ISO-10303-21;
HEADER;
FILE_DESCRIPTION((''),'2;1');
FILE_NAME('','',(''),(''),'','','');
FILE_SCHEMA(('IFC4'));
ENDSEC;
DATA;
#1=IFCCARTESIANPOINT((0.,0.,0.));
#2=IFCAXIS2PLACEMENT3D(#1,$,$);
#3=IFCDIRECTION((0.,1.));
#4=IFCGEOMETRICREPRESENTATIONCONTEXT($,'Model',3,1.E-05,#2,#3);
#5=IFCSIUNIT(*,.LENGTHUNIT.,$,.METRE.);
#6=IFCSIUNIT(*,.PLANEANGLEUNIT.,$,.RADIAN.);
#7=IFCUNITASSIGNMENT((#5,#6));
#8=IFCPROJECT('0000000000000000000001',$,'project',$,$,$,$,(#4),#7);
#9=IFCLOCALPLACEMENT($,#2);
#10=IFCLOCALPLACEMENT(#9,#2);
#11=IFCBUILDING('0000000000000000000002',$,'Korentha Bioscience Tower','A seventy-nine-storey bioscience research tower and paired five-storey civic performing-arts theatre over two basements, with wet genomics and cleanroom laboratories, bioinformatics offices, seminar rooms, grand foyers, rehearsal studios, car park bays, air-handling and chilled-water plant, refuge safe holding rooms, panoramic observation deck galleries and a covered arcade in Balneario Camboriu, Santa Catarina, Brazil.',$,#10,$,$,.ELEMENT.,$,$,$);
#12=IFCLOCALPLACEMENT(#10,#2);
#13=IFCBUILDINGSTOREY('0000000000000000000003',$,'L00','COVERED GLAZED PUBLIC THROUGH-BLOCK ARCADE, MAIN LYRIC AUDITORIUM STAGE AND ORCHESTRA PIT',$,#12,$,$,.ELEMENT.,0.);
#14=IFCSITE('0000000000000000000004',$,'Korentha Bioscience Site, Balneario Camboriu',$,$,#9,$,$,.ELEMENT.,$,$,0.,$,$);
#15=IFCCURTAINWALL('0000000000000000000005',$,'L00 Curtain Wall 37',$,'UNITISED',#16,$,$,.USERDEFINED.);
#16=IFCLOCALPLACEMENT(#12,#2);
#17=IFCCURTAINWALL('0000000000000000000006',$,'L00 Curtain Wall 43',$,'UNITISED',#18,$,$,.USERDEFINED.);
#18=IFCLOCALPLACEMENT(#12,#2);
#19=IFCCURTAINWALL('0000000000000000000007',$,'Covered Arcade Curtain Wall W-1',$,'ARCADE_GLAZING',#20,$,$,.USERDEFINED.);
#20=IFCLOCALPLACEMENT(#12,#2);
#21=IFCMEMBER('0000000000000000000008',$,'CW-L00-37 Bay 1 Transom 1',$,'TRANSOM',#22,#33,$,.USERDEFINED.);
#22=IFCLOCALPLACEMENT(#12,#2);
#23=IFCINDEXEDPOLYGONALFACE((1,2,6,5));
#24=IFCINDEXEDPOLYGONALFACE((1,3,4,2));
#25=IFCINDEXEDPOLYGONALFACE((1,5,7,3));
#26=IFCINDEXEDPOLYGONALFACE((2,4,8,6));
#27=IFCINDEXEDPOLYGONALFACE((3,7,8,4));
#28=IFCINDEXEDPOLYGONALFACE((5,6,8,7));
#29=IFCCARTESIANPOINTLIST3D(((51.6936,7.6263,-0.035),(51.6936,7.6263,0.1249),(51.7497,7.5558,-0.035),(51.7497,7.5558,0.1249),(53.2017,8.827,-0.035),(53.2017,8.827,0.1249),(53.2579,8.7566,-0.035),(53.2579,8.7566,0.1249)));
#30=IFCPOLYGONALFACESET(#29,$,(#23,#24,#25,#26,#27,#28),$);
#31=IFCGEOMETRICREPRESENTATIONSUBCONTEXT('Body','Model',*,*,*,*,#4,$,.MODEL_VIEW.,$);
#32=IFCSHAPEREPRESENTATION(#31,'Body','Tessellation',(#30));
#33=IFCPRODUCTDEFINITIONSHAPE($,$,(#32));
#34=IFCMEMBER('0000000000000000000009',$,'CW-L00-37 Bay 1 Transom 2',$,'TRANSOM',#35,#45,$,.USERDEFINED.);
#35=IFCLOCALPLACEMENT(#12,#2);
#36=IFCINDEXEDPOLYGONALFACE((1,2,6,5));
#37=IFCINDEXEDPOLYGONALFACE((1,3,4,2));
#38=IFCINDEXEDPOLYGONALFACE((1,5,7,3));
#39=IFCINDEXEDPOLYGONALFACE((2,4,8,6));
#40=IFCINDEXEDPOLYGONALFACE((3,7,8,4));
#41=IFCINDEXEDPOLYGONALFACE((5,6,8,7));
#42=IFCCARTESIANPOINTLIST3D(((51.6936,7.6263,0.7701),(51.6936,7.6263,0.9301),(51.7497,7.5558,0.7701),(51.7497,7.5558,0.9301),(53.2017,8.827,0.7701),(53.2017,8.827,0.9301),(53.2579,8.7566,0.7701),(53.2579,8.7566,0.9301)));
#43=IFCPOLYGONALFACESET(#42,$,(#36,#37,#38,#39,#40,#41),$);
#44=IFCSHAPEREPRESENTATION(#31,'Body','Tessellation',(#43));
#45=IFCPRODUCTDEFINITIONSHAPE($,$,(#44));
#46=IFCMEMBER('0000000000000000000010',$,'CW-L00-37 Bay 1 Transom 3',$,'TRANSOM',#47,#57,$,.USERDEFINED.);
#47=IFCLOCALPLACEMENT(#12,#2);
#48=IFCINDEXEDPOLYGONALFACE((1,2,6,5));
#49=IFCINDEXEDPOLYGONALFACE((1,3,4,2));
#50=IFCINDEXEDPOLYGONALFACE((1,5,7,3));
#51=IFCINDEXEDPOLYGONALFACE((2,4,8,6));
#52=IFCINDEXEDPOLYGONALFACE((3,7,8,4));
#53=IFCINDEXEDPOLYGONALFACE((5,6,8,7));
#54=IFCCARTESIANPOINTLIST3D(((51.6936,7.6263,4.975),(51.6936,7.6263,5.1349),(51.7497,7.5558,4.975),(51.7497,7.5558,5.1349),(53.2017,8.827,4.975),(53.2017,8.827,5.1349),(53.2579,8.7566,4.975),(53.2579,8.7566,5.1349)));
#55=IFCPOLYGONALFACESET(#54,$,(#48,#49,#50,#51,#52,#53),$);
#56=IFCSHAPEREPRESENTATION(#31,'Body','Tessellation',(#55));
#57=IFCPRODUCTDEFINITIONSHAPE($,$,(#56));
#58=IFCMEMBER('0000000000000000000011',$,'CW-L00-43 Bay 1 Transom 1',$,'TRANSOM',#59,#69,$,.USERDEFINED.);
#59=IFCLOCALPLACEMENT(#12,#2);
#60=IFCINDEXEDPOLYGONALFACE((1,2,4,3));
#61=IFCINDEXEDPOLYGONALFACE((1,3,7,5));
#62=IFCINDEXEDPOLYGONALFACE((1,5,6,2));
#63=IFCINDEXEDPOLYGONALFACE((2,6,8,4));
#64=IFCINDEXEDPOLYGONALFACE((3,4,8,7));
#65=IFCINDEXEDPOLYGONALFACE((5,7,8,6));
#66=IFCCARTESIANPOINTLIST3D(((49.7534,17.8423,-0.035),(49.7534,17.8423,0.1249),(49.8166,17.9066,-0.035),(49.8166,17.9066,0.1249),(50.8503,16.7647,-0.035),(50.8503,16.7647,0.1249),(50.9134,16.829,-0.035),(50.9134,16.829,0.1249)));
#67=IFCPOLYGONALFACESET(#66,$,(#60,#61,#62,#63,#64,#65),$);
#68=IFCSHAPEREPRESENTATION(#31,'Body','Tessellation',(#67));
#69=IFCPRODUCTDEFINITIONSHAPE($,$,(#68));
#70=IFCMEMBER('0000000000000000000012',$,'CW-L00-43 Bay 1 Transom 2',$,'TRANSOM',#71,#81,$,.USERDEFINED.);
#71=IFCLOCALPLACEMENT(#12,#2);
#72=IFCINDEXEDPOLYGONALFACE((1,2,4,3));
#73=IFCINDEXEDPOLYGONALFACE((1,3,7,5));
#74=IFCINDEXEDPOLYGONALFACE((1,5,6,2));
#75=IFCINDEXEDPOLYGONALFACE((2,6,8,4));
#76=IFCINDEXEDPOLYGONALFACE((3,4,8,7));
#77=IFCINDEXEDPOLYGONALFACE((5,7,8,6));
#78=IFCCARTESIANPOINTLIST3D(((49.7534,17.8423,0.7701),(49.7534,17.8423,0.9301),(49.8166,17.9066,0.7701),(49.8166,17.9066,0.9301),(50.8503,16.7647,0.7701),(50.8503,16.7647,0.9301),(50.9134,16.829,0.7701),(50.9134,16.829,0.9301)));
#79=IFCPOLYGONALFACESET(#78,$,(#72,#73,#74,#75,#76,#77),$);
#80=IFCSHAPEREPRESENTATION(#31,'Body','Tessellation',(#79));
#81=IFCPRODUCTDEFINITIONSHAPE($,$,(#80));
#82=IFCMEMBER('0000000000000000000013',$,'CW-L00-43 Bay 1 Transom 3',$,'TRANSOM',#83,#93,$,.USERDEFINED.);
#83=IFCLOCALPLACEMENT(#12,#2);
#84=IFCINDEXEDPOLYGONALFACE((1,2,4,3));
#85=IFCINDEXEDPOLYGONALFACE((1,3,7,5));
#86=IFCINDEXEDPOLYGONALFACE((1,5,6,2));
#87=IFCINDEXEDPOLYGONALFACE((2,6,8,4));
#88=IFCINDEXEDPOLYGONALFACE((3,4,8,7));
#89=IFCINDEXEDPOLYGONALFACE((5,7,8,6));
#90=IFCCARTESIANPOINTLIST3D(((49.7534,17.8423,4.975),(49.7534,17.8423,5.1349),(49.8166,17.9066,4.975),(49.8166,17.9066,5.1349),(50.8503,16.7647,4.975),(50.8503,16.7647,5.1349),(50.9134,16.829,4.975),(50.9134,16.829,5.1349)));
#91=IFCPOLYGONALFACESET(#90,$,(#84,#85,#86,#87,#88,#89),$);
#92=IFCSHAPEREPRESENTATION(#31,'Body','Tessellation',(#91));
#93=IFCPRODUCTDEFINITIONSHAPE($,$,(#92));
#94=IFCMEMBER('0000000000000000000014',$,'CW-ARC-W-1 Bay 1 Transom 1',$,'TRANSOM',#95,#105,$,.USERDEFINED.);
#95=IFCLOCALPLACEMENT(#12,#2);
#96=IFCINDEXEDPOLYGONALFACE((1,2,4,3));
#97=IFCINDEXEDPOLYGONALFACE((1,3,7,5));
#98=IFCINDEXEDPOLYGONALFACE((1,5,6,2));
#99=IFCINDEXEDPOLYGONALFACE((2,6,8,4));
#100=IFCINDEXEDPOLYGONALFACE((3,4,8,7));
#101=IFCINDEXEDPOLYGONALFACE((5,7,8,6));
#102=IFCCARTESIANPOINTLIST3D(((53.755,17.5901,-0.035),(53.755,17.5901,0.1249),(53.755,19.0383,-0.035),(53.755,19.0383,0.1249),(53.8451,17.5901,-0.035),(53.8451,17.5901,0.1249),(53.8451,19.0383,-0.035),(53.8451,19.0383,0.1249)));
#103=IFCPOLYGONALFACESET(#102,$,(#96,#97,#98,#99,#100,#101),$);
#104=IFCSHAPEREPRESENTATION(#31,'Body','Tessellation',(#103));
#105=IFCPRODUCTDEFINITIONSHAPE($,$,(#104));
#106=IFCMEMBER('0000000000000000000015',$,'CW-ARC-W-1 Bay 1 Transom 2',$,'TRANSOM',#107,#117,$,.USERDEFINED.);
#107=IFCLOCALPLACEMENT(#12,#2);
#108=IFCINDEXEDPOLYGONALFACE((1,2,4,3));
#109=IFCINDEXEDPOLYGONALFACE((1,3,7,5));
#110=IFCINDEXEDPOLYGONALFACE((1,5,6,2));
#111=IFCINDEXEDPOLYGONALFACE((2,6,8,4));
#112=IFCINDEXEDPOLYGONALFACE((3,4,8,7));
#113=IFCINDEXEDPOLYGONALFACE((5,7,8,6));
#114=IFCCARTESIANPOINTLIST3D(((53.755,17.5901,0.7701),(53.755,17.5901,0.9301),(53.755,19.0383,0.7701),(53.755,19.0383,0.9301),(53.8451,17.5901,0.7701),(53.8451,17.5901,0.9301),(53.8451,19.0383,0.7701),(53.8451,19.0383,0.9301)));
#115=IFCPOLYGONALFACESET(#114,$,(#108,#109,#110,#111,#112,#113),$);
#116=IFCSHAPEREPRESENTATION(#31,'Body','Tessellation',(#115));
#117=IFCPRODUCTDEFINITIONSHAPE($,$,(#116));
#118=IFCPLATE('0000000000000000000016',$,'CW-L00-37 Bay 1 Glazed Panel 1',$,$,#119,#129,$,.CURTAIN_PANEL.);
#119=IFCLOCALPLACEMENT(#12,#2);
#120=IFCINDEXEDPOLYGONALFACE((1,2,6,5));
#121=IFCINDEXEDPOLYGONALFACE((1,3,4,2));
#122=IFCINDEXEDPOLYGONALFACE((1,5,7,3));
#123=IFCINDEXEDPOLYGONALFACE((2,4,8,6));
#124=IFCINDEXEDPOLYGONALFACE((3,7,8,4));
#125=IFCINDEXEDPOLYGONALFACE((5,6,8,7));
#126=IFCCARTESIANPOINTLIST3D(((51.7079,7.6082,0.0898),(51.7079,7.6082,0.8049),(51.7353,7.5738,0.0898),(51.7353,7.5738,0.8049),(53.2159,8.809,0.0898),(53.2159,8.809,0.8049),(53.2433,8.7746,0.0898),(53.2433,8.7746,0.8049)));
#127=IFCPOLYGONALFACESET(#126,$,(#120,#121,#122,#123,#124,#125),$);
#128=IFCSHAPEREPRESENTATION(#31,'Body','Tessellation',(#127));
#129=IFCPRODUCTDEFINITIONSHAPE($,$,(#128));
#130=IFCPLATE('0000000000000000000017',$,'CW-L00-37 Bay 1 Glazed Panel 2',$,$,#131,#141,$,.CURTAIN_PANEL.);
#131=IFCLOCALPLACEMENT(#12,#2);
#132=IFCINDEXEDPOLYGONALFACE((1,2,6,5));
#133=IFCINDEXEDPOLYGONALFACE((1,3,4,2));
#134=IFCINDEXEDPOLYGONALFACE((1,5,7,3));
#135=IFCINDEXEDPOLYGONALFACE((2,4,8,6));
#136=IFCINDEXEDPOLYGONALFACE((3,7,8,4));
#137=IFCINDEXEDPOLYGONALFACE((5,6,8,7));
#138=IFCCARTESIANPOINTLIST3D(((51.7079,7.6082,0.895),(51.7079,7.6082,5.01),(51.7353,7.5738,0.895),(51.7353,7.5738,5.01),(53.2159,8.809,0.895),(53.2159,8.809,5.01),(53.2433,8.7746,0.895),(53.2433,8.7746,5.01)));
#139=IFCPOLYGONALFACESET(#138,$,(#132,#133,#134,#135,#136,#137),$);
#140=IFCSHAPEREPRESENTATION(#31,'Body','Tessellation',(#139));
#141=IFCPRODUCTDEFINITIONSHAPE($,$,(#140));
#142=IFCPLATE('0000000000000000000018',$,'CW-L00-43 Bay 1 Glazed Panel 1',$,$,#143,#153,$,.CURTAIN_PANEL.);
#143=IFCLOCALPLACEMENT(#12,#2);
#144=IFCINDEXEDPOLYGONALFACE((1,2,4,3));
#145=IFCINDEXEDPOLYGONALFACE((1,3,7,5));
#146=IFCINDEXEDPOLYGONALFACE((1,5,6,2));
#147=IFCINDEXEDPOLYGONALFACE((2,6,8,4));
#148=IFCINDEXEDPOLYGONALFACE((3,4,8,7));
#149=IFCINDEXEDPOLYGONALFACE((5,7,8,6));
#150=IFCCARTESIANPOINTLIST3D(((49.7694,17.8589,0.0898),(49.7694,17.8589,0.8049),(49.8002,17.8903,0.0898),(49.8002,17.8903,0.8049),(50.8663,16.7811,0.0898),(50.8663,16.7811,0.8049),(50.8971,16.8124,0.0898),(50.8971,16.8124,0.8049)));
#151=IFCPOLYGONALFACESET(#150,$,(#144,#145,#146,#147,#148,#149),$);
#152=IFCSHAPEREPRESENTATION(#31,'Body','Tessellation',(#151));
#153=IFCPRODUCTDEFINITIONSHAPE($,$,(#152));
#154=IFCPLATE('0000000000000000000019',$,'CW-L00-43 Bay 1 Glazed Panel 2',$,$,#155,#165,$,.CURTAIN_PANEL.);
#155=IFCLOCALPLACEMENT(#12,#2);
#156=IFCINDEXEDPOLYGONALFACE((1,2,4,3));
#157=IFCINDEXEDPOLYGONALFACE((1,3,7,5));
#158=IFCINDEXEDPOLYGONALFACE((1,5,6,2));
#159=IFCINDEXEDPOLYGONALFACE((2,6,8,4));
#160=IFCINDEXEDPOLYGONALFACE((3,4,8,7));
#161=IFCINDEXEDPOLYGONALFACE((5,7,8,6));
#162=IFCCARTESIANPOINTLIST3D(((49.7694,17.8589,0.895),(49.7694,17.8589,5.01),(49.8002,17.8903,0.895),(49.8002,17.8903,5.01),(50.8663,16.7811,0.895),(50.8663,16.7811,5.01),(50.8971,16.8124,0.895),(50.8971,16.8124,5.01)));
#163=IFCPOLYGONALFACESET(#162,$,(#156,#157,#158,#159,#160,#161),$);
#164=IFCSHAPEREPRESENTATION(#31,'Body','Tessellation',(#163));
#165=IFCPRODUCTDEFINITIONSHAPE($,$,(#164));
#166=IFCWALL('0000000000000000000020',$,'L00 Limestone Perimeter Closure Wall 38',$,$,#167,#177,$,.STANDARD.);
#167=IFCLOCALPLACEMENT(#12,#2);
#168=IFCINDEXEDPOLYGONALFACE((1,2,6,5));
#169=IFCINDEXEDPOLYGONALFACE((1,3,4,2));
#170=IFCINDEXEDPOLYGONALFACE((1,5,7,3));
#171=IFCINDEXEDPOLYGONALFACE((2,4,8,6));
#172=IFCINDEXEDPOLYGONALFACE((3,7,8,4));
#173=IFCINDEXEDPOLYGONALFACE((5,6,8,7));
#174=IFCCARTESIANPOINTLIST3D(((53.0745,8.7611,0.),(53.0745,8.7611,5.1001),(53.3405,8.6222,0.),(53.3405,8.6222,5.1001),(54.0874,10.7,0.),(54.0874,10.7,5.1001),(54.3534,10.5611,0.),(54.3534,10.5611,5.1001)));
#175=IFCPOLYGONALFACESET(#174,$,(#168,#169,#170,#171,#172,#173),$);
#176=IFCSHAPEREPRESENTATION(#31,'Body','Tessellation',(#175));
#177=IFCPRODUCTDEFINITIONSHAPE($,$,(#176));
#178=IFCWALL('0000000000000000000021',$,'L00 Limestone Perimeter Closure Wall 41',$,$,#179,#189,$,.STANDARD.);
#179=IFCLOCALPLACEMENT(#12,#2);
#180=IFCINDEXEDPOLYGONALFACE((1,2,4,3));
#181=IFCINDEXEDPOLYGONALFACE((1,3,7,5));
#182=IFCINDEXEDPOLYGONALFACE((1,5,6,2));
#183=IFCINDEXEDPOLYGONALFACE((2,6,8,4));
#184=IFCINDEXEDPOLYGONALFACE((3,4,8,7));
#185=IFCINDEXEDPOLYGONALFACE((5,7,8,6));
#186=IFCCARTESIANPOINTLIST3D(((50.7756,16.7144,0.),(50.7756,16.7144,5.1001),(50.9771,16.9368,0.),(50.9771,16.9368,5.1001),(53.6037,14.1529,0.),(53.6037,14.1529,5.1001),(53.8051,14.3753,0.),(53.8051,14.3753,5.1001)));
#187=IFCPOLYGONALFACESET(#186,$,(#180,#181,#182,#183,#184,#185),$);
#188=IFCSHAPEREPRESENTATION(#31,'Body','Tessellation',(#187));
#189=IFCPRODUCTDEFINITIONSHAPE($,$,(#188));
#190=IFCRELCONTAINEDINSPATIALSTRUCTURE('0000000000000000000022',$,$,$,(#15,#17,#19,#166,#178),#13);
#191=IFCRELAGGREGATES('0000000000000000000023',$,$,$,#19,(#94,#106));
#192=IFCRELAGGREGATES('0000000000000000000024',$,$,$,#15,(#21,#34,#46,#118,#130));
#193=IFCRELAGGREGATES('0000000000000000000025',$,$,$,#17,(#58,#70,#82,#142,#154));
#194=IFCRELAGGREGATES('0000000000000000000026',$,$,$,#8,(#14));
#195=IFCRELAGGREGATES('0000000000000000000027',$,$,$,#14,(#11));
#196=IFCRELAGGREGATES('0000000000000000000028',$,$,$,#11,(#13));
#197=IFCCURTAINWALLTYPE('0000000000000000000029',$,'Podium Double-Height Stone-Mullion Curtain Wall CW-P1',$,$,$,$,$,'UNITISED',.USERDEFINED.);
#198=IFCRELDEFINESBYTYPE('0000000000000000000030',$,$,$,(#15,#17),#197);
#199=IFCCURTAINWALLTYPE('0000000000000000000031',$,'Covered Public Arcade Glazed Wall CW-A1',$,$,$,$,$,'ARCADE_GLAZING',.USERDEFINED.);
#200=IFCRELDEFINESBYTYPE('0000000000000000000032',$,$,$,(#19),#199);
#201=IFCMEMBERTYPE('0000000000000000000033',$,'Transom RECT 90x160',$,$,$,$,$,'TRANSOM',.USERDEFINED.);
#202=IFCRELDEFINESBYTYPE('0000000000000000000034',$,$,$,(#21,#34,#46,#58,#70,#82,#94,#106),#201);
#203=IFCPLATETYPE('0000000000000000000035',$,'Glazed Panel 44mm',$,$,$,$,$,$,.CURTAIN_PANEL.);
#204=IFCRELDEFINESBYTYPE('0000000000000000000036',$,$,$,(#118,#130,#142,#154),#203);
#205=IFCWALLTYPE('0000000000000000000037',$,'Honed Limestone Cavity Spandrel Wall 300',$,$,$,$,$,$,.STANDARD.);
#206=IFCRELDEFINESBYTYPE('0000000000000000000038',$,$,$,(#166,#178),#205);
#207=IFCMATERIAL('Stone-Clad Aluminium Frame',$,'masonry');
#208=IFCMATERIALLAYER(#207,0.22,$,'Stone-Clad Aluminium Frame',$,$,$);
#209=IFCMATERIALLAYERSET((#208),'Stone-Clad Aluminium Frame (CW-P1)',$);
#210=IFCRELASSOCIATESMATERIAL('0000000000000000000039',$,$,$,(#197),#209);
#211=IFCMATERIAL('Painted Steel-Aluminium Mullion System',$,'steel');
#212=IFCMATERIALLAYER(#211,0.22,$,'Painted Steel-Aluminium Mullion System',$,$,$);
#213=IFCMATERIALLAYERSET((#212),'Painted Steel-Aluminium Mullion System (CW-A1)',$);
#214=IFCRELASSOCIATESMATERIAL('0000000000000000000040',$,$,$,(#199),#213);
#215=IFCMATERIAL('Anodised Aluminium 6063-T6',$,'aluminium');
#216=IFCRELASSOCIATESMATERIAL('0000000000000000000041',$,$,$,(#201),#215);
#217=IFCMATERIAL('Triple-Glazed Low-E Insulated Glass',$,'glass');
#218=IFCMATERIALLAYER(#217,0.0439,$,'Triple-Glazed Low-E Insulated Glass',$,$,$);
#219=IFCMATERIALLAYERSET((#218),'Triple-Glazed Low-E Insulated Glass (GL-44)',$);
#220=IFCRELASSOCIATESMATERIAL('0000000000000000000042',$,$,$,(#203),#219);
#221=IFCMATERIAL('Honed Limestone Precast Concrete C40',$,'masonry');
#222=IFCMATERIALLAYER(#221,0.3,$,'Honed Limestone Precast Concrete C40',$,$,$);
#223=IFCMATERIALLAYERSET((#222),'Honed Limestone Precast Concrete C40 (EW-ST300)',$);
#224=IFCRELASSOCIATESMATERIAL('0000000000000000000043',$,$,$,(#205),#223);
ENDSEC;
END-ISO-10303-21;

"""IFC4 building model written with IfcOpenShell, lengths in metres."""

from ifc_helpers import new_model, si_unit, direction, frame, frame_2d, origin, origin_2d, place, context, subcontext, project, spatial, rectangle, extrude, material, layer, layer_set, material_profile, profile_set, type_object, element, aggregate, save


model = new_model("IFC4")

# Units and contexts
model_context = context("Model", 3, precision=1e-05, world=origin(), true_north=direction((0.0, 1.0)))
body_context = subcontext(model_context, "Body", "Model", "MODEL_VIEW")
ifc_project = project(units=[si_unit("LENGTHUNIT", "METRE"), si_unit("PLANEANGLEUNIT", "RADIAN")], contexts=[model_context])

# Site, building, storey
site_placement = place(None, origin())
site = spatial("IfcSite", under=ifc_project, at=site_placement, Name="Korentha Bioscience Site, Balneario Camboriu", CompositionType="ELEMENT", RefElevation=0.0)
building_placement = place(site_placement, origin())
building = spatial("IfcBuilding", under=site, at=building_placement, Name="Korentha Bioscience Tower", Description="A seventy-nine-storey bioscience research tower and paired five-storey civic performing-arts theatre over two basements, with wet genomics and cleanroom laboratories, bioinformatics offices, seminar rooms, grand foyers, rehearsal studios, car park bays, air-handling and chilled-water plant, refuge safe holding rooms, panoramic observation deck galleries and a covered arcade in Balneario Camboriu, Santa Catarina, Brazil.", CompositionType="ELEMENT")
storey_placement = place(building_placement, origin())
storey = spatial("IfcBuildingStorey", under=building, at=storey_placement, Name="L00", Description="COVERED GLAZED PUBLIC THROUGH-BLOCK ARCADE, MAIN LYRIC AUDITORIUM STAGE AND ORCHESTRA PIT", CompositionType="ELEMENT", Elevation=0.0)

# Curtain wall
ifc_material_1 = material(Name="Stone-Clad Aluminium Frame", Category="masonry")
ifc_layer_1 = layer(ifc_material_1, 0.22, Name="Stone-Clad Aluminium Frame")
ifc_layer_set_1 = layer_set([ifc_layer_1], Name="Stone-Clad Aluminium Frame (CW-P1)")
curtain_wall_type_1 = type_object("IfcCurtainWallType", Name="Podium Double-Height Stone-Mullion Curtain Wall CW-P1", ElementType="UNITISED", PredefinedType="USERDEFINED", material=ifc_layer_set_1)
curtain_wall_1_placement = place(storey_placement, origin())
curtain_wall_1 = element("IfcCurtainWall", 1, at=curtain_wall_1_placement, inside=storey, type_object=curtain_wall_type_1, Name="L00 Curtain Wall 37", ObjectType="UNITISED", PredefinedType="USERDEFINED")
ifc_material_2 = material(Name="Anodised Aluminium 6063-T6", Category="aluminium")

# Curtain walls
curtain_wall_2_placement = place(storey_placement, origin())
curtain_wall_2 = element("IfcCurtainWall", 2, at=curtain_wall_2_placement, inside=storey, type_object=curtain_wall_type_1, Name="L00 Curtain Wall 43", ObjectType="UNITISED", PredefinedType="USERDEFINED")
ifc_material_3 = material(Name="Painted Steel-Aluminium Mullion System", Category="steel")
ifc_layer_2 = layer(ifc_material_3, 0.22, Name="Painted Steel-Aluminium Mullion System")
ifc_layer_set_2 = layer_set([ifc_layer_2], Name="Painted Steel-Aluminium Mullion System (CW-A1)")
curtain_wall_type_2 = type_object("IfcCurtainWallType", Name="Covered Public Arcade Glazed Wall CW-A1", ElementType="ARCADE_GLAZING", PredefinedType="USERDEFINED", material=ifc_layer_set_2)
curtain_wall_3_placement = place(storey_placement, origin())
curtain_wall_3 = element("IfcCurtainWall", 3, at=curtain_wall_3_placement, inside=storey, type_object=curtain_wall_type_2, Name="Covered Arcade Curtain Wall W-1", ObjectType="ARCADE_GLAZING", PredefinedType="USERDEFINED")

# Members
ifc_material_profile_1 = material_profile(ifc_material_2, rectangle(XDim=0.0901, YDim=0.1599, at=origin_2d()), Name="Anodised Aluminium 6063-T6")
ifc_profile_set_1 = profile_set([ifc_material_profile_1], Name="Anodised Aluminium 6063-T6 (CW-TRN)")
member_type_1 = type_object("IfcMemberType", Name="Transom RECT 90x160", ElementType="TRANSOM", PredefinedType="USERDEFINED", material=ifc_profile_set_1)
member_1_placement = place(storey_placement, frame((51.7217, 7.5911, 0.0449), z_axis=(0.782325, 0.622871, 0.0), x_axis=(-0.622871, 0.782325, 0.0)))
member_1 = element("IfcMember", 4, at=member_1_placement, type_object=member_type_1, Name="CW-L00-37 Bay 1 Transom 1", ObjectType="TRANSOM", PredefinedType="USERDEFINED", context=body_context, shape_type="SweptSolid", body=[
    extrude(rectangle(XDim=0.0901, YDim=0.1599, at=origin_2d()), origin(), (0.0, 0.0, 1.0), 1.9277),
])
member_2_placement = place(storey_placement, frame((51.7217, 7.5911, 0.8501), z_axis=(0.782325, 0.622871, 0.0), x_axis=(-0.622871, 0.782325, 0.0)))
member_2 = element("IfcMember", 5, at=member_2_placement, type_object=member_type_1, Name="CW-L00-37 Bay 1 Transom 2", ObjectType="TRANSOM", PredefinedType="USERDEFINED", context=body_context, shape_type="SweptSolid", body=[
    extrude(rectangle(XDim=0.0901, YDim=0.1599, at=origin_2d()), origin(), (0.0, 0.0, 1.0), 1.9277),
])
member_3_placement = place(storey_placement, frame((51.7217, 7.5911, 5.0549), z_axis=(0.782325, 0.622871, 0.0), x_axis=(-0.622871, 0.782325, 0.0)))
member_3 = element("IfcMember", 6, at=member_3_placement, type_object=member_type_1, Name="CW-L00-37 Bay 1 Transom 3", ObjectType="TRANSOM", PredefinedType="USERDEFINED", context=body_context, shape_type="SweptSolid", body=[
    extrude(rectangle(XDim=0.0901, YDim=0.1599, at=origin_2d()), origin(), (0.0, 0.0, 1.0), 1.9277),
])
member_4_placement = place(storey_placement, frame((50.8818, 16.7969, 0.0449), z_axis=(-0.71335, 0.700808, 0.0), x_axis=(-0.700808, -0.71335, 0.0)))
member_4 = element("IfcMember", 7, at=member_4_placement, type_object=member_type_1, Name="CW-L00-43 Bay 1 Transom 1", ObjectType="TRANSOM", PredefinedType="USERDEFINED", context=body_context, shape_type="SweptSolid", body=[
    extrude(rectangle(XDim=0.0901, YDim=0.1599, at=origin_2d()), origin(), (0.0, 0.0, 1.0), 1.5376),
])
member_5_placement = place(storey_placement, frame((50.8818, 16.7969, 0.8501), z_axis=(-0.71335, 0.700808, 0.0), x_axis=(-0.700808, -0.71335, 0.0)))
member_5 = element("IfcMember", 8, at=member_5_placement, type_object=member_type_1, Name="CW-L00-43 Bay 1 Transom 2", ObjectType="TRANSOM", PredefinedType="USERDEFINED", context=body_context, shape_type="SweptSolid", body=[
    extrude(rectangle(XDim=0.0901, YDim=0.1599, at=origin_2d()), origin(), (0.0, 0.0, 1.0), 1.5376),
])
member_6_placement = place(storey_placement, frame((50.8818, 16.7969, 5.0549), z_axis=(-0.71335, 0.700808, 0.0), x_axis=(-0.700808, -0.71335, 0.0)))
member_6 = element("IfcMember", 9, at=member_6_placement, type_object=member_type_1, Name="CW-L00-43 Bay 1 Transom 3", ObjectType="TRANSOM", PredefinedType="USERDEFINED", context=body_context, shape_type="SweptSolid", body=[
    extrude(rectangle(XDim=0.0901, YDim=0.1599, at=origin_2d()), origin(), (0.0, 0.0, 1.0), 1.5376),
])
member_7_placement = place(storey_placement, frame((53.8, 17.5901, 0.0449), z_axis=(0.0, 1.0, 0.0), x_axis=(-1.0, 0.0, 0.0)))
member_7 = element("IfcMember", 10, at=member_7_placement, type_object=member_type_1, Name="CW-ARC-W-1 Bay 1 Transom 1", ObjectType="TRANSOM", PredefinedType="USERDEFINED", context=body_context, shape_type="SweptSolid", body=[
    extrude(rectangle(XDim=0.0901, YDim=0.1599, at=origin_2d()), origin(), (0.0, 0.0, 1.0), 1.4482),
])
member_8_placement = place(storey_placement, frame((53.8, 17.5901, 0.8501), z_axis=(0.0, 1.0, 0.0), x_axis=(-1.0, 0.0, 0.0)))
member_8 = element("IfcMember", 11, at=member_8_placement, type_object=member_type_1, Name="CW-ARC-W-1 Bay 1 Transom 2", ObjectType="TRANSOM", PredefinedType="USERDEFINED", context=body_context, shape_type="SweptSolid", body=[
    extrude(rectangle(XDim=0.0901, YDim=0.1599, at=origin_2d()), origin(), (0.0, 0.0, 1.0), 1.4482),
])
aggregate(curtain_wall_3, [member_7, member_8])

# Plates
ifc_material_4 = material(Name="Triple-Glazed Low-E Insulated Glass", Category="glass")
ifc_layer_3 = layer(ifc_material_4, 0.0439, Name="Triple-Glazed Low-E Insulated Glass")
ifc_layer_set_3 = layer_set([ifc_layer_3], Name="Triple-Glazed Low-E Insulated Glass (GL-44)")
plate_type = type_object("IfcPlateType", Name="Glazed Panel 44mm", PredefinedType="CURTAIN_PANEL", material=ifc_layer_set_3)
plate_1_placement = place(storey_placement, frame((52.4756, 8.1914, 0.0898), z_axis=(0.0, 0.0, 1.0), x_axis=(0.782288, 0.622917, 0.0)))
plate_1 = element("IfcPlate", 12, at=plate_1_placement, type_object=plate_type, Name="CW-L00-37 Bay 1 Glazed Panel 1", PredefinedType="CURTAIN_PANEL", context=body_context, shape_type="SweptSolid", body=[
    extrude(rectangle(XDim=1.9277, YDim=0.0439, at=origin_2d()), origin(), (0.0, 0.0, 1.0), 0.7151),
])
plate_2_placement = place(storey_placement, frame((52.4756, 8.1914, 0.895), z_axis=(0.0, 0.0, 1.0), x_axis=(0.782288, 0.622917, 0.0)))
plate_2 = element("IfcPlate", 13, at=plate_2_placement, type_object=plate_type, Name="CW-L00-37 Bay 1 Glazed Panel 2", PredefinedType="CURTAIN_PANEL", context=body_context, shape_type="SweptSolid", body=[
    extrude(rectangle(XDim=1.9277, YDim=0.0439, at=origin_2d()), origin(), (0.0, 0.0, 1.0), 4.115),
])
aggregate(curtain_wall_1, [member_1, member_2, member_3, plate_1, plate_2])
plate_3_placement = place(storey_placement, frame((50.3333, 17.3357, 0.0898), z_axis=(0.0, 0.0, 1.0), x_axis=(-0.713279, 0.70088, 0.0)))
plate_3 = element("IfcPlate", 14, at=plate_3_placement, type_object=plate_type, Name="CW-L00-43 Bay 1 Glazed Panel 1", PredefinedType="CURTAIN_PANEL", context=body_context, shape_type="SweptSolid", body=[
    extrude(rectangle(XDim=1.5378, YDim=0.0439, at=origin_2d()), origin(), (0.0, 0.0, 1.0), 0.7151),
])
plate_4_placement = place(storey_placement, frame((50.3333, 17.3357, 0.895), z_axis=(0.0, 0.0, 1.0), x_axis=(-0.713279, 0.70088, 0.0)))
plate_4 = element("IfcPlate", 15, at=plate_4_placement, type_object=plate_type, Name="CW-L00-43 Bay 1 Glazed Panel 2", PredefinedType="CURTAIN_PANEL", context=body_context, shape_type="SweptSolid", body=[
    extrude(rectangle(XDim=1.5378, YDim=0.0439, at=origin_2d()), origin(), (0.0, 0.0, 1.0), 4.115),
])
aggregate(curtain_wall_2, [member_4, member_5, member_6, plate_3, plate_4])

# Walls
ifc_material_5 = material(Name="Honed Limestone Precast Concrete C40", Category="masonry")
ifc_layer_4 = layer(ifc_material_5, 0.3, Name="Honed Limestone Precast Concrete C40")
ifc_layer_set_4 = layer_set([ifc_layer_4], Name="Honed Limestone Precast Concrete C40 (EW-ST300)")
wall_type = type_object("IfcWallType", Name="Honed Limestone Cavity Spandrel Wall 300", PredefinedType="STANDARD", material=ifc_layer_set_4)
wall_1_placement = place(storey_placement, frame((53.2075, 8.6917, 0.0), z_axis=(0.0, 0.0, 1.0), x_axis=(0.463035, 0.88634, 0.0)))
element("IfcWall", 16, at=wall_1_placement, inside=storey, type_object=wall_type, Name="L00 Limestone Perimeter Closure Wall 38", PredefinedType="STANDARD", context=body_context, shape_type="SweptSolid", body=[
    extrude(rectangle(XDim=2.1875, YDim=0.3, at=frame_2d((1.0938, 0.0))), origin(), (0.0, 0.0, 1.0), 5.1001),
])
wall_2_placement = place(storey_placement, frame((53.7043, 14.2642, 0.0), z_axis=(0.0, 0.0, 1.0), x_axis=(-0.741178, 0.671309, 0.0)))
element("IfcWall", 17, at=wall_2_placement, inside=storey, type_object=wall_type, Name="L00 Limestone Perimeter Closure Wall 41", PredefinedType="STANDARD", context=body_context, shape_type="SweptSolid", body=[
    extrude(rectangle(XDim=3.8157, YDim=0.3, at=frame_2d((1.9077, 0.0))), origin(), (0.0, 0.0, 1.0), 5.1001),
])

save(model, "model.ifc")
